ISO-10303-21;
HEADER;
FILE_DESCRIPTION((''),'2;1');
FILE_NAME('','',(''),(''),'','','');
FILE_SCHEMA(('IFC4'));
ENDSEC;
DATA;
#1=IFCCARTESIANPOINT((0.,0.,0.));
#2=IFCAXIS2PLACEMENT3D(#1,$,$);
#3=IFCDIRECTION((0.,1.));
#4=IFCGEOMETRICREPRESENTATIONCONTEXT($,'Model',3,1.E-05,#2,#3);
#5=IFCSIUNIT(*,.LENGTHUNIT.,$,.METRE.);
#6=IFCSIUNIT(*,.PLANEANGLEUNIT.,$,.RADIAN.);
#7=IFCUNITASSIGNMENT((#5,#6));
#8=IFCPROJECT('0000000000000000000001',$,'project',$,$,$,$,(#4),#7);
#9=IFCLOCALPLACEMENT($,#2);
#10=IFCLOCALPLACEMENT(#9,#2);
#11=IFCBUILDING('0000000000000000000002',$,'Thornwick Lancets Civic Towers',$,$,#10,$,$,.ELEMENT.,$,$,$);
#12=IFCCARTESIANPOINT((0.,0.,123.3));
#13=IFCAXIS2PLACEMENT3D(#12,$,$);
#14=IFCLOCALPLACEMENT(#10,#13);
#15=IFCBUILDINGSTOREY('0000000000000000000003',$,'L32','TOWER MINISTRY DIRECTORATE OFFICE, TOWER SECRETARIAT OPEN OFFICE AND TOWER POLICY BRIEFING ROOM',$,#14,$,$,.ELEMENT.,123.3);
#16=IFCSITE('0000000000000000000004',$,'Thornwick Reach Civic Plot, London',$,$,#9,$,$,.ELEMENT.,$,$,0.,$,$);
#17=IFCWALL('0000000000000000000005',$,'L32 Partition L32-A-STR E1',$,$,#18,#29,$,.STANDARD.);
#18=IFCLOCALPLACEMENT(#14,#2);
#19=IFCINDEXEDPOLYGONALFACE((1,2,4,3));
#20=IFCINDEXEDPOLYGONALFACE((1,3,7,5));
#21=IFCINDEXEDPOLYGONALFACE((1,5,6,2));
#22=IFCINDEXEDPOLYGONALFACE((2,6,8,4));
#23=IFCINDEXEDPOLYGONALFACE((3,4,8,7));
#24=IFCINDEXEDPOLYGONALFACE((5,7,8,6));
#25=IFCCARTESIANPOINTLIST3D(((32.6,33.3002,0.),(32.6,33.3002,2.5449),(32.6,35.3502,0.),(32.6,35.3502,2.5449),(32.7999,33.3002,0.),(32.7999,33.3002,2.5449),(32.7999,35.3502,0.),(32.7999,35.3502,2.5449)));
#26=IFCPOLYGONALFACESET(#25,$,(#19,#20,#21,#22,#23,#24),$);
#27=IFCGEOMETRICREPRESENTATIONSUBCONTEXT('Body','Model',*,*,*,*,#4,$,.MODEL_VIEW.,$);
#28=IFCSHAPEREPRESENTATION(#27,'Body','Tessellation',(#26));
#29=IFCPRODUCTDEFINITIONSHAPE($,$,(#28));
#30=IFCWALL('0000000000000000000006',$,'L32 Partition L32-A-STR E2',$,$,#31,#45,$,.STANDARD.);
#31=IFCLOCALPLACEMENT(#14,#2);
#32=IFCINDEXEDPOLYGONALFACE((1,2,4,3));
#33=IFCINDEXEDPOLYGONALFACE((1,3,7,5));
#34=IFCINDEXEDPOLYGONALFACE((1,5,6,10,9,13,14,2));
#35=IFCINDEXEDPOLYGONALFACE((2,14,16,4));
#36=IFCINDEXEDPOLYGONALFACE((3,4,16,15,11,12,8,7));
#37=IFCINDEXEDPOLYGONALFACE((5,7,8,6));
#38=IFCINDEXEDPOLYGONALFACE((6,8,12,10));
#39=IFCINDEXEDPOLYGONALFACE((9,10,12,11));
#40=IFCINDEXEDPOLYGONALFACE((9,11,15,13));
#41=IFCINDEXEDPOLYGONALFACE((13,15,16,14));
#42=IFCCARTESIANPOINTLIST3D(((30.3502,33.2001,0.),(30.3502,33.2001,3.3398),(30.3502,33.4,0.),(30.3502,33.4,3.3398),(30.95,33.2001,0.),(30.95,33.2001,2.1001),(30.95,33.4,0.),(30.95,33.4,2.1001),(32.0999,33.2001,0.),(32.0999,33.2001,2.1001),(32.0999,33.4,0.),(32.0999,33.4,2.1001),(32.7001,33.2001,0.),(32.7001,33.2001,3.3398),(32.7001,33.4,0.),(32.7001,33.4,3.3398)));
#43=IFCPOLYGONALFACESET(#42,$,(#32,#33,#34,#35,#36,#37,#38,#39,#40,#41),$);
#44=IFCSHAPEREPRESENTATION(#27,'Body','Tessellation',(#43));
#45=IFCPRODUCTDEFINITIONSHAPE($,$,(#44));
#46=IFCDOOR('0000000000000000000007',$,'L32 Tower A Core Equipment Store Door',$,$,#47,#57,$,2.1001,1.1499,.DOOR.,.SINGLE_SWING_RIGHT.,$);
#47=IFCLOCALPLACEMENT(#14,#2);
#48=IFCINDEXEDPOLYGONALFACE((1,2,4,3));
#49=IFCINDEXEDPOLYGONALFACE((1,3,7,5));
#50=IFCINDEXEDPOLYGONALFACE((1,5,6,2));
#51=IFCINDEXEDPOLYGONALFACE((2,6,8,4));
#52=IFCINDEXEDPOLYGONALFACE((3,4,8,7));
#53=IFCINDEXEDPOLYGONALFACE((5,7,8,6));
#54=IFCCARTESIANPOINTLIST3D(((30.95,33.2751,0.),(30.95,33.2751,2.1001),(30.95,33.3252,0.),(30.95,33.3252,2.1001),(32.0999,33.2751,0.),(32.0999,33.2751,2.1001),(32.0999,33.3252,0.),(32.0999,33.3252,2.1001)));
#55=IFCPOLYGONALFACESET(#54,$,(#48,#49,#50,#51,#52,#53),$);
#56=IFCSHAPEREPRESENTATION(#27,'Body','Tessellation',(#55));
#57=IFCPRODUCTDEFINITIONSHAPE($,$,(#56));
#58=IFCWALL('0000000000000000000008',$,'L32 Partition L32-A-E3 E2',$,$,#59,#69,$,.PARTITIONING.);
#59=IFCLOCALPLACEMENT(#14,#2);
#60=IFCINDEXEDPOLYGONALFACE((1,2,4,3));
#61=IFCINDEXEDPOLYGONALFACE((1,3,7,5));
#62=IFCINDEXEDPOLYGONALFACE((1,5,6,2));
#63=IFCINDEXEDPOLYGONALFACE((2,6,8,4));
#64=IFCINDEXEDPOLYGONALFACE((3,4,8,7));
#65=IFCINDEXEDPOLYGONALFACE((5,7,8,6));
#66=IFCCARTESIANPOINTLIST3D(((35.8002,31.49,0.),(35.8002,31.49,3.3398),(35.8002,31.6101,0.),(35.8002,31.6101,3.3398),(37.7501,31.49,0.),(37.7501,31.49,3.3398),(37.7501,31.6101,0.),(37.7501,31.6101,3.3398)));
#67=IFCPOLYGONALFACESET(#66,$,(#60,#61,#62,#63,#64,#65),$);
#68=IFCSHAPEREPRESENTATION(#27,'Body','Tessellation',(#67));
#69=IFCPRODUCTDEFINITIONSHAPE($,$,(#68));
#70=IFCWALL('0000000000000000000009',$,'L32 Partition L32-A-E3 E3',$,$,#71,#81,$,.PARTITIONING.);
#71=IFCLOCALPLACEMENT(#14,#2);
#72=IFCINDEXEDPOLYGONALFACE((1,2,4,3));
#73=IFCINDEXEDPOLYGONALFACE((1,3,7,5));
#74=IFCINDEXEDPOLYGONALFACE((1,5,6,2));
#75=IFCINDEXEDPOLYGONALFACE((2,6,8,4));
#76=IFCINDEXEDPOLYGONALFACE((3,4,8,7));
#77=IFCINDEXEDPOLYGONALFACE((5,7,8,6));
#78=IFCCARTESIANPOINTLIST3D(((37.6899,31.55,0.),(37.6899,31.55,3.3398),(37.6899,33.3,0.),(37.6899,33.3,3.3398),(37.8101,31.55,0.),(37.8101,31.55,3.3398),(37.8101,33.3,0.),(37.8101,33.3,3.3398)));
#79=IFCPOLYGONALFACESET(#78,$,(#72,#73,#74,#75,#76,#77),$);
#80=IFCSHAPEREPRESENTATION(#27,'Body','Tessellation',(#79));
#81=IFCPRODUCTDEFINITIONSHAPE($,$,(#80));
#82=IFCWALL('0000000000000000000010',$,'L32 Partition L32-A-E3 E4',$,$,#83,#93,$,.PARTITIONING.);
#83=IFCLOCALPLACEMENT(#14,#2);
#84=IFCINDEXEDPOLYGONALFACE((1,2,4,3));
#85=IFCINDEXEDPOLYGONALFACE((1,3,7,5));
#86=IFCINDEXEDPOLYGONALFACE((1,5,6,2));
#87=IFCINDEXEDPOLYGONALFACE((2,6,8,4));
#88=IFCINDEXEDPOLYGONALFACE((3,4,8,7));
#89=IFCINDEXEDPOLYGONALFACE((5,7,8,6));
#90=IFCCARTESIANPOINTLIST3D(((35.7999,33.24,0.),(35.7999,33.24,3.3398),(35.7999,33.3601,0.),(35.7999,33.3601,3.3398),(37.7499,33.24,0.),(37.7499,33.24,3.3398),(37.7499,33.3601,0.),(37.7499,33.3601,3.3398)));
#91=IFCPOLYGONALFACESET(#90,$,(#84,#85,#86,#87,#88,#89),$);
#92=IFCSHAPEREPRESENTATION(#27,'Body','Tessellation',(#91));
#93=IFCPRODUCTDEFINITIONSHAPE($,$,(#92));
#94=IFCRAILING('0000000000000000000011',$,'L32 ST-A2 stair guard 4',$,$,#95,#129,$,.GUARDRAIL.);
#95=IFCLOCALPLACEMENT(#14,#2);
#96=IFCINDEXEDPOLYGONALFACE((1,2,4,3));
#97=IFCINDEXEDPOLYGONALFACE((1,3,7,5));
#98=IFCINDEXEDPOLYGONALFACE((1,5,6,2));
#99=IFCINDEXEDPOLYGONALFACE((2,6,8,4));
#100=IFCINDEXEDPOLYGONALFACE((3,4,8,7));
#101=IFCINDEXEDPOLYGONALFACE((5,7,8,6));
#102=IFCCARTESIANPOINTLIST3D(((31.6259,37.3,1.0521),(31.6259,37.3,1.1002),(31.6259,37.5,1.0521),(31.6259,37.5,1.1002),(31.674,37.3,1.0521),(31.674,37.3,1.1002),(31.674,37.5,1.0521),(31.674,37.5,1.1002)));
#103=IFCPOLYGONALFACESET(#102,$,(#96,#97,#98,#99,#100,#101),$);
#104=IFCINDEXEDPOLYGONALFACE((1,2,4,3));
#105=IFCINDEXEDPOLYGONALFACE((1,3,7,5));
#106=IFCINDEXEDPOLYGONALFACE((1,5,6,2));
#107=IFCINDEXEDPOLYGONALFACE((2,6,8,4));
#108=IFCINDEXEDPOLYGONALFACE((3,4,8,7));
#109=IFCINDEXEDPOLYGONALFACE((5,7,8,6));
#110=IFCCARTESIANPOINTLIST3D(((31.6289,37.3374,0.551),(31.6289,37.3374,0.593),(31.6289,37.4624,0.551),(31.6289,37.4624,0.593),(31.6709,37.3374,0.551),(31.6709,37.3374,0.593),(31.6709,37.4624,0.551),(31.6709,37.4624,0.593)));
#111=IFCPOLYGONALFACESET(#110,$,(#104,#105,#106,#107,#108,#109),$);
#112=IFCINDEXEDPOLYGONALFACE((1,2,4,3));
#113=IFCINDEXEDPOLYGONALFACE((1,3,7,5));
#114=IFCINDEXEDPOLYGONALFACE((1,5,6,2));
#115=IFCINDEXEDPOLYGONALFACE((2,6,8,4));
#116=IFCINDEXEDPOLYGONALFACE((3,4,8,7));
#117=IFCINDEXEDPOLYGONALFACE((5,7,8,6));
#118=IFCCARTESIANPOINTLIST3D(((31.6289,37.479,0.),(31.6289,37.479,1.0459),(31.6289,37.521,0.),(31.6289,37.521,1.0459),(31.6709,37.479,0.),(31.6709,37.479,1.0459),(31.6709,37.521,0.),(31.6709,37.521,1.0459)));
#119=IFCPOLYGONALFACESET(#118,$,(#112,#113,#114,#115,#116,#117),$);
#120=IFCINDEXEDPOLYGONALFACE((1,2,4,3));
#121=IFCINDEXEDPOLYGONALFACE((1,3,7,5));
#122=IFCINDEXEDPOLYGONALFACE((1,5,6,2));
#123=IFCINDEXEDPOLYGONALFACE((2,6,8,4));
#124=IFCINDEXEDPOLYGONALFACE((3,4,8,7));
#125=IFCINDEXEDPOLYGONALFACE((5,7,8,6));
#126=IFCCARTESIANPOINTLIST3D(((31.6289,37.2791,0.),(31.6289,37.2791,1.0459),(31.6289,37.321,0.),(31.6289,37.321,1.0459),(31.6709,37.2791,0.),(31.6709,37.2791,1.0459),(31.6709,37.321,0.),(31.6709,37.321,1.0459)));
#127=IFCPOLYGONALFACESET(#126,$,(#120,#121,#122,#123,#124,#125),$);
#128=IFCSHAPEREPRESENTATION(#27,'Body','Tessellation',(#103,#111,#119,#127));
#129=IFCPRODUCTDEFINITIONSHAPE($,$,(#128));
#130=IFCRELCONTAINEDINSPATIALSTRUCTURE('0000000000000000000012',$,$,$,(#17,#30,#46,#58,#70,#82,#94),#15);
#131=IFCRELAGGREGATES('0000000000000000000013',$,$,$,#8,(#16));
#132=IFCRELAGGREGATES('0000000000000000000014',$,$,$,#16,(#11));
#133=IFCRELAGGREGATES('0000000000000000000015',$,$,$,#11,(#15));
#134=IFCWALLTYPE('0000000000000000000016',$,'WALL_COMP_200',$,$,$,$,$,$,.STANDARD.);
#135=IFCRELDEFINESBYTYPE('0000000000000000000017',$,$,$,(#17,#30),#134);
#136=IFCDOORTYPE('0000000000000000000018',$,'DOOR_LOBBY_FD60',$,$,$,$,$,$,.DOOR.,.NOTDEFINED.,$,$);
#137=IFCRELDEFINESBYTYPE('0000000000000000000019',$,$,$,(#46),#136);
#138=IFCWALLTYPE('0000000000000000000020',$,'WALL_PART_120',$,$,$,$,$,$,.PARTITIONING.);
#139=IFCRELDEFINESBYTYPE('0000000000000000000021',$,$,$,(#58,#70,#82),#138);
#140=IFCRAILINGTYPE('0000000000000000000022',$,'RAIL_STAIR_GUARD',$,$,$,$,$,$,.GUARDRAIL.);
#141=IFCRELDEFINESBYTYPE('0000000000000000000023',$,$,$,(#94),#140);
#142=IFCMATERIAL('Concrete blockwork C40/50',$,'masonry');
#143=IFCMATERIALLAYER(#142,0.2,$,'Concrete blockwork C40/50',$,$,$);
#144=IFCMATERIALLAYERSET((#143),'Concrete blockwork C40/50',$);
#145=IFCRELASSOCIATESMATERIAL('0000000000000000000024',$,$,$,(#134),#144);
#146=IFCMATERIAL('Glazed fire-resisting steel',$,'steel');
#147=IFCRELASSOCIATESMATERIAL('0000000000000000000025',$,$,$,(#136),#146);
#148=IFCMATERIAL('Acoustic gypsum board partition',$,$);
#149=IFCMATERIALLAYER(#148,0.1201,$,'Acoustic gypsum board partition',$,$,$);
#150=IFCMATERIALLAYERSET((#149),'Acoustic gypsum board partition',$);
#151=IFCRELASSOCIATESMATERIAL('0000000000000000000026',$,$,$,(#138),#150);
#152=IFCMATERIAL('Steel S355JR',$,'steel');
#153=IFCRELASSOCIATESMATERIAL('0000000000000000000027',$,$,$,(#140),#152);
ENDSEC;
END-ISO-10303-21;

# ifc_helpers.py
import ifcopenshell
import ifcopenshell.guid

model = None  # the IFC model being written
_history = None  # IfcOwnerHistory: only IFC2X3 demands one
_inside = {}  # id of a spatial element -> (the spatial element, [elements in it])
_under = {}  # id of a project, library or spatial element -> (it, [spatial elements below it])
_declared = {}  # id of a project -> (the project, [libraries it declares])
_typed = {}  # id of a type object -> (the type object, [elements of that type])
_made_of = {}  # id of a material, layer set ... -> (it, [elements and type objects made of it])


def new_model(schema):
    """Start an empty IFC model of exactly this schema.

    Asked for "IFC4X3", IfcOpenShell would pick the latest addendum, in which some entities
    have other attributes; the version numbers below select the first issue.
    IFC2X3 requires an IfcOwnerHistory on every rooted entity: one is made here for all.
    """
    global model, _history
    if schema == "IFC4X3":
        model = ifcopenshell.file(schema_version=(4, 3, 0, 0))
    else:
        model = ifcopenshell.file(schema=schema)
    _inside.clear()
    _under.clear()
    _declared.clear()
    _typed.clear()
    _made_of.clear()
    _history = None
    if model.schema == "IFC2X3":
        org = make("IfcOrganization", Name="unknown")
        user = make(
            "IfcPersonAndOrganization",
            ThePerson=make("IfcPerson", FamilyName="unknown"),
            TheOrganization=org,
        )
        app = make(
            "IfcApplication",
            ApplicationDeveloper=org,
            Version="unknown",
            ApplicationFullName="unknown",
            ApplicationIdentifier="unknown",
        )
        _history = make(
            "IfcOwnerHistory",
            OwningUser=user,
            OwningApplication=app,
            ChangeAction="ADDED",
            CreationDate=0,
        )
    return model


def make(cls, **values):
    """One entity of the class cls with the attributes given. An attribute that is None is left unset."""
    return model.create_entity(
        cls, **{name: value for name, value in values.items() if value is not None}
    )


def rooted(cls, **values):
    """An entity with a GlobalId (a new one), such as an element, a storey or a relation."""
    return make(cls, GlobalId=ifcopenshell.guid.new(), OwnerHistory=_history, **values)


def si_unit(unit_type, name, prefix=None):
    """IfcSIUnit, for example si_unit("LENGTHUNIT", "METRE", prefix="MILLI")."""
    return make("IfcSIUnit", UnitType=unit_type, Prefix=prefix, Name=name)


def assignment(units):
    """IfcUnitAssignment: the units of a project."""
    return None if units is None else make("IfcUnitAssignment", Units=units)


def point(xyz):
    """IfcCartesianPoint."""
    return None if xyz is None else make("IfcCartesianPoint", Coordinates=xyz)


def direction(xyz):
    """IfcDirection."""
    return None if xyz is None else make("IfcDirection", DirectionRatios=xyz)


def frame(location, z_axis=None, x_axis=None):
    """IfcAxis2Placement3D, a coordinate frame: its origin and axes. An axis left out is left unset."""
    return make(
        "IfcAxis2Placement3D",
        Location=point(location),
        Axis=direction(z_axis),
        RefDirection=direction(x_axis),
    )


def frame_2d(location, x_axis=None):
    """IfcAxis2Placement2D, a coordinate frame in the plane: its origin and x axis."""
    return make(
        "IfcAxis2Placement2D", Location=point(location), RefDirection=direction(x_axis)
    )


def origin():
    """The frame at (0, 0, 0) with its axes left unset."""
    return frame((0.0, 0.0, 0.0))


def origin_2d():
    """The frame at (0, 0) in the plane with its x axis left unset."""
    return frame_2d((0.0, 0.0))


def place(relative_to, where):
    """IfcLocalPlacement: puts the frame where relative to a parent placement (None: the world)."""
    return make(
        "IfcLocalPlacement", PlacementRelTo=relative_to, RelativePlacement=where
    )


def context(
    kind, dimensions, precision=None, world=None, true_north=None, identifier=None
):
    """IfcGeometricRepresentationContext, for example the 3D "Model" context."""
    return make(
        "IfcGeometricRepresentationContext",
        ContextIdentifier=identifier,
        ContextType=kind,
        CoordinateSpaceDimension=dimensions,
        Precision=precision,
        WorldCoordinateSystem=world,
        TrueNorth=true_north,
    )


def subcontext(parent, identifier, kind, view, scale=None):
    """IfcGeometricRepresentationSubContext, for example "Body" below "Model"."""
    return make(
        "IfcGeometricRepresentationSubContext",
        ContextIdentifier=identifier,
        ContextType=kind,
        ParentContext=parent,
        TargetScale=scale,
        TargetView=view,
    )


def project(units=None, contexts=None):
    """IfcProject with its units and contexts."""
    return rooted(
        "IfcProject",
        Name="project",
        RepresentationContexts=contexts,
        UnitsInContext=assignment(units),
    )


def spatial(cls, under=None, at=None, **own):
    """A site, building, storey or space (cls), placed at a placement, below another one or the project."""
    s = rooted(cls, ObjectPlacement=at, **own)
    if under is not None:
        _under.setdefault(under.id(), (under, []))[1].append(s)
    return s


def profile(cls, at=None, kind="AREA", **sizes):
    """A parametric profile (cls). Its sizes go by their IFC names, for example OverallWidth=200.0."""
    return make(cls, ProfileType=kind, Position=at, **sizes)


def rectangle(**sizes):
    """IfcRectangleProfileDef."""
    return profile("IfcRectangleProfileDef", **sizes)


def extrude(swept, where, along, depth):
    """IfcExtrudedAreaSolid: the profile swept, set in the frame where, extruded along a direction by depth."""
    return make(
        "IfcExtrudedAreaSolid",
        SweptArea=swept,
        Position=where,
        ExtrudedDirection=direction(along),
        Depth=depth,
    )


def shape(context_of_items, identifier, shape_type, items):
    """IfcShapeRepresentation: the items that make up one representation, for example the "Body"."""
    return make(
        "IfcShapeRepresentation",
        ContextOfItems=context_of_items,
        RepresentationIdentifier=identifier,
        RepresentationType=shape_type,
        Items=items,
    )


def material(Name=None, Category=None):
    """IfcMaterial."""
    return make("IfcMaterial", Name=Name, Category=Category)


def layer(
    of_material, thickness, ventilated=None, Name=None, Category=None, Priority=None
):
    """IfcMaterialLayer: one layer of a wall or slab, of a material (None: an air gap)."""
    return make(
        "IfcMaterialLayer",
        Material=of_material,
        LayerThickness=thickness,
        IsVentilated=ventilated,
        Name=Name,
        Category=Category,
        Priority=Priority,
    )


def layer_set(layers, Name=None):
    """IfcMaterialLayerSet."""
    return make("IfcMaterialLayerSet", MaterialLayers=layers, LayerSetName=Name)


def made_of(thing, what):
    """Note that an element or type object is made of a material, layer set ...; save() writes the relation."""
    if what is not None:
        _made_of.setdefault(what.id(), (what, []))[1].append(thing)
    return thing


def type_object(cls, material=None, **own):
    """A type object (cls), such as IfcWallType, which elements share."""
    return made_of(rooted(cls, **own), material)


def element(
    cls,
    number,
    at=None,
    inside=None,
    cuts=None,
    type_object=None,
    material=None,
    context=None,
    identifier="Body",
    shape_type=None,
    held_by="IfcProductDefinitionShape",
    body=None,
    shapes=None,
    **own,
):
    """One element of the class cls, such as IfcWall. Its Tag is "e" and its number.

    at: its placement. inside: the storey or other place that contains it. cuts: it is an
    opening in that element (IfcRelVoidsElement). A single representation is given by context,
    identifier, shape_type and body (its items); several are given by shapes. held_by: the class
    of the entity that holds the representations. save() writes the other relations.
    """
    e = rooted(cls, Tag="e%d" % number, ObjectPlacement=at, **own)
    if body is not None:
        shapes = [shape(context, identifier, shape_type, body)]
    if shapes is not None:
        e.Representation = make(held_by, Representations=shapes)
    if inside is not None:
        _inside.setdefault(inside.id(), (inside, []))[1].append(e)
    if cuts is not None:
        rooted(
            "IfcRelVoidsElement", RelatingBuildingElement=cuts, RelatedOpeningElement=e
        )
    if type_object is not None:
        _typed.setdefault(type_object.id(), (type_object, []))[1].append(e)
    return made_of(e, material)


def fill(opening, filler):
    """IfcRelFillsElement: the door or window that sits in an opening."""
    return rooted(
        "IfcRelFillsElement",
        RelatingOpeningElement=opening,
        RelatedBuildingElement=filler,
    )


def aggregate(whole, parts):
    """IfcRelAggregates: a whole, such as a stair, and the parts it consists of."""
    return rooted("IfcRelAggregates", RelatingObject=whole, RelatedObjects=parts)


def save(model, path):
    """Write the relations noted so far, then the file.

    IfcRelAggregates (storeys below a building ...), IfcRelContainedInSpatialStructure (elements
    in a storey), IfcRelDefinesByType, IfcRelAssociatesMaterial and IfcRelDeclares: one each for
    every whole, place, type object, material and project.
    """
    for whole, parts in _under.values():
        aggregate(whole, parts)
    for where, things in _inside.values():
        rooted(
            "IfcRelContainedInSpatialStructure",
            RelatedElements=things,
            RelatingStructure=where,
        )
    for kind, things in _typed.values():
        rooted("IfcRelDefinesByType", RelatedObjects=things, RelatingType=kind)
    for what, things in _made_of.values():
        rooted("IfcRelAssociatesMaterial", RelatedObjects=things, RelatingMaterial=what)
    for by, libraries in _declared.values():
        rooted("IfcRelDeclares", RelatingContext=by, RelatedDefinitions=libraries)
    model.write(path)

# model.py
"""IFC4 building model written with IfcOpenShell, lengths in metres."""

from ifc_helpers import new_model, si_unit, direction, frame, frame_2d, origin, origin_2d, place, context, subcontext, project, spatial, rectangle, extrude, material, layer, layer_set, type_object, element, fill, save


model = new_model("IFC4")

# Units and contexts
model_context = context("Model", 3, precision=1e-05, world=origin(), true_north=direction((0.0, 1.0)))
body_context = subcontext(model_context, "Body", "Model", "MODEL_VIEW")
ifc_project = project(units=[si_unit("LENGTHUNIT", "METRE"), si_unit("PLANEANGLEUNIT", "RADIAN")], contexts=[model_context])

# Site, building, storey
site_placement = place(None, origin())
site = spatial("IfcSite", under=ifc_project, at=site_placement, Name="Thornwick Reach Civic Plot, London", CompositionType="ELEMENT", RefElevation=0.0)
building_placement = place(site_placement, origin())
building = spatial("IfcBuilding", under=site, at=building_placement, Name="Thornwick Lancets Civic Towers", CompositionType="ELEMENT")
storey_placement = place(building_placement, frame((0.0, 0.0, 123.3)))
storey = spatial("IfcBuildingStorey", under=building, at=storey_placement, Name="L32", Description="TOWER MINISTRY DIRECTORATE OFFICE, TOWER SECRETARIAT OPEN OFFICE AND TOWER POLICY BRIEFING ROOM", CompositionType="ELEMENT", Elevation=123.3)

# Shared definitions
ifc_material_1 = material(Name="Steel S355JR", Category="steel")

# Shared definitions
ifc_material_2 = material(Name="Concrete blockwork C40/50", Category="masonry")
ifc_layer_1 = layer(ifc_material_2, 0.2, Name="Concrete blockwork C40/50")
ifc_layer_set_1 = layer_set([ifc_layer_1], Name="Concrete blockwork C40/50")
wall_type_1 = type_object("IfcWallType", Name="WALL_COMP_200", PredefinedType="STANDARD", material=ifc_layer_set_1)
ifc_material_3 = material(Name="Glazed fire-resisting steel", Category="steel")
door_type = type_object("IfcDoorType", Name="DOOR_LOBBY_FD60", OperationType="NOTDEFINED", PredefinedType="DOOR", material=ifc_material_3)

# Wall
wall_1_placement = place(storey_placement, frame((32.7, 35.3501, 0.0), z_axis=(0.0, 0.0, 1.0), x_axis=(0.0, -1.0, 0.0)))
element("IfcWall", 1, at=wall_1_placement, inside=storey, type_object=wall_type_1, Name="L32 Partition L32-A-STR E1", PredefinedType="STANDARD", context=body_context, shape_type="SweptSolid", body=[
    extrude(rectangle(XDim=2.05, YDim=0.2, at=frame_2d((1.0249, 0.0))), origin(), (0.0, 0.0, 1.0), 2.5449),
])

# Wall, opening, door
wall_2_placement = place(storey_placement, frame((32.7, 33.3, 0.0), z_axis=(0.0, 0.0, 1.0), x_axis=(-1.0, 0.0, 0.0)))
wall_2 = element("IfcWall", 2, at=wall_2_placement, inside=storey, type_object=wall_type_1, Name="L32 Partition L32-A-STR E2", PredefinedType="STANDARD", context=body_context, shape_type="SweptSolid", body=[
    extrude(rectangle(XDim=2.3499, YDim=0.2, at=frame_2d((1.1748, 0.0))), origin(), (0.0, 0.0, 1.0), 3.3398),
])
opening_1_placement = place(wall_2_placement, frame((0.6001, 0.0, 0.0)))
opening_1 = element("IfcOpeningElement", 3, at=opening_1_placement, cuts=wall_2, PredefinedType="OPENING", context=body_context, shape_type="SweptSolid", body=[
    extrude(rectangle(XDim=1.1499, YDim=2.1001, at=frame_2d((0.575, 1.05))), frame((0.0, 0.1099, 0.0), z_axis=(0.0, -1.0, 0.0), x_axis=(1.0, 0.0, 0.0)), (0.0, 0.0, 1.0), 0.22),
])
door_1_placement = place(opening_1_placement, origin())
door_1 = element("IfcDoor", 4, at=door_1_placement, inside=storey, type_object=door_type, Name="L32 Tower A Core Equipment Store Door", OperationType="SINGLE_SWING_RIGHT", OverallHeight=2.1001, OverallWidth=1.1499, PredefinedType="DOOR", context=body_context, shape_type="SweptSolid", body=[
    extrude(rectangle(XDim=1.1499, YDim=2.1001, at=frame_2d((0.575, 1.05))), frame((0.0, 0.0249, 0.0), z_axis=(0.0, -1.0, 0.0), x_axis=(1.0, 0.0, 0.0)), (0.0, 0.0, 1.0), 0.05),
])
fill(opening_1, door_1)

# Walls
ifc_material_4 = material(Name="Acoustic gypsum board partition")
ifc_layer_2 = layer(ifc_material_4, 0.1201, Name="Acoustic gypsum board partition")
ifc_layer_set_2 = layer_set([ifc_layer_2], Name="Acoustic gypsum board partition")
wall_type_2 = type_object("IfcWallType", Name="WALL_PART_120", PredefinedType="PARTITIONING", material=ifc_layer_set_2)
wall_3_placement = place(storey_placement, frame((35.8, 31.55, 0.0), z_axis=(0.0, 0.0, 1.0), x_axis=(1.0, 0.0, 0.0)))
element("IfcWall", 5, at=wall_3_placement, inside=storey, type_object=wall_type_2, Name="L32 Partition L32-A-E3 E2", PredefinedType="PARTITIONING", context=body_context, shape_type="SweptSolid", body=[
    extrude(rectangle(XDim=1.95, YDim=0.1201, at=frame_2d((0.9751, 0.0))), origin(), (0.0, 0.0, 1.0), 3.3398),
])
wall_4_placement = place(storey_placement, frame((37.75, 31.55, 0.0), z_axis=(0.0, 0.0, 1.0), x_axis=(0.0, 1.0, 0.0)))
element("IfcWall", 6, at=wall_4_placement, inside=storey, type_object=wall_type_2, Name="L32 Partition L32-A-E3 E3", PredefinedType="PARTITIONING", context=body_context, shape_type="SweptSolid", body=[
    extrude(rectangle(XDim=1.75, YDim=0.1201, at=frame_2d((0.875, 0.0))), origin(), (0.0, 0.0, 1.0), 3.3398),
])
wall_5_placement = place(storey_placement, frame((37.75, 33.3, 0.0), z_axis=(0.0, 0.0, 1.0), x_axis=(-1.0, 0.0, 0.0)))
element("IfcWall", 7, at=wall_5_placement, inside=storey, type_object=wall_type_2, Name="L32 Partition L32-A-E3 E4", PredefinedType="PARTITIONING", context=body_context, shape_type="SweptSolid", body=[
    extrude(rectangle(XDim=1.95, YDim=0.1201, at=frame_2d((0.9751, 0.0))), origin(), (0.0, 0.0, 1.0), 3.3398),
])

# Railing
railing_type = type_object("IfcRailingType", Name="RAIL_STAIR_GUARD", PredefinedType="GUARDRAIL", material=ifc_material_1)
railing_placement = place(storey_placement, frame((31.6499, 37.5, 0.0)))
element("IfcRailing", 8, at=railing_placement, inside=storey, type_object=railing_type, Name="L32 ST-A2 stair guard 4", PredefinedType="GUARDRAIL", context=body_context, shape_type="SweptSolid", body=[
    extrude(rectangle(XDim=0.0481, YDim=0.0481, at=origin_2d()), frame((0.0, 0.0, 1.0762), z_axis=(0.0, -1.0, 0.0), x_axis=(1.0, 0.0, 0.0)), (0.0, 0.0, 1.0), 0.2),
    extrude(rectangle(XDim=0.042, YDim=0.042, at=origin_2d()), frame((0.0, -0.0376, 0.572), z_axis=(0.0, -1.0, 0.0), x_axis=(1.0, 0.0, 0.0)), (0.0, 0.0, 1.0), 0.125),
    extrude(rectangle(XDim=0.042, YDim=0.042, at=origin_2d()), origin(), (0.0, 0.0, 1.0), 1.0459),
    extrude(rectangle(XDim=0.042, YDim=0.042, at=origin_2d()), frame((0.0, -0.2, 0.0)), (0.0, 0.0, 1.0), 1.0459),
])

save(model, "model.ifc")
